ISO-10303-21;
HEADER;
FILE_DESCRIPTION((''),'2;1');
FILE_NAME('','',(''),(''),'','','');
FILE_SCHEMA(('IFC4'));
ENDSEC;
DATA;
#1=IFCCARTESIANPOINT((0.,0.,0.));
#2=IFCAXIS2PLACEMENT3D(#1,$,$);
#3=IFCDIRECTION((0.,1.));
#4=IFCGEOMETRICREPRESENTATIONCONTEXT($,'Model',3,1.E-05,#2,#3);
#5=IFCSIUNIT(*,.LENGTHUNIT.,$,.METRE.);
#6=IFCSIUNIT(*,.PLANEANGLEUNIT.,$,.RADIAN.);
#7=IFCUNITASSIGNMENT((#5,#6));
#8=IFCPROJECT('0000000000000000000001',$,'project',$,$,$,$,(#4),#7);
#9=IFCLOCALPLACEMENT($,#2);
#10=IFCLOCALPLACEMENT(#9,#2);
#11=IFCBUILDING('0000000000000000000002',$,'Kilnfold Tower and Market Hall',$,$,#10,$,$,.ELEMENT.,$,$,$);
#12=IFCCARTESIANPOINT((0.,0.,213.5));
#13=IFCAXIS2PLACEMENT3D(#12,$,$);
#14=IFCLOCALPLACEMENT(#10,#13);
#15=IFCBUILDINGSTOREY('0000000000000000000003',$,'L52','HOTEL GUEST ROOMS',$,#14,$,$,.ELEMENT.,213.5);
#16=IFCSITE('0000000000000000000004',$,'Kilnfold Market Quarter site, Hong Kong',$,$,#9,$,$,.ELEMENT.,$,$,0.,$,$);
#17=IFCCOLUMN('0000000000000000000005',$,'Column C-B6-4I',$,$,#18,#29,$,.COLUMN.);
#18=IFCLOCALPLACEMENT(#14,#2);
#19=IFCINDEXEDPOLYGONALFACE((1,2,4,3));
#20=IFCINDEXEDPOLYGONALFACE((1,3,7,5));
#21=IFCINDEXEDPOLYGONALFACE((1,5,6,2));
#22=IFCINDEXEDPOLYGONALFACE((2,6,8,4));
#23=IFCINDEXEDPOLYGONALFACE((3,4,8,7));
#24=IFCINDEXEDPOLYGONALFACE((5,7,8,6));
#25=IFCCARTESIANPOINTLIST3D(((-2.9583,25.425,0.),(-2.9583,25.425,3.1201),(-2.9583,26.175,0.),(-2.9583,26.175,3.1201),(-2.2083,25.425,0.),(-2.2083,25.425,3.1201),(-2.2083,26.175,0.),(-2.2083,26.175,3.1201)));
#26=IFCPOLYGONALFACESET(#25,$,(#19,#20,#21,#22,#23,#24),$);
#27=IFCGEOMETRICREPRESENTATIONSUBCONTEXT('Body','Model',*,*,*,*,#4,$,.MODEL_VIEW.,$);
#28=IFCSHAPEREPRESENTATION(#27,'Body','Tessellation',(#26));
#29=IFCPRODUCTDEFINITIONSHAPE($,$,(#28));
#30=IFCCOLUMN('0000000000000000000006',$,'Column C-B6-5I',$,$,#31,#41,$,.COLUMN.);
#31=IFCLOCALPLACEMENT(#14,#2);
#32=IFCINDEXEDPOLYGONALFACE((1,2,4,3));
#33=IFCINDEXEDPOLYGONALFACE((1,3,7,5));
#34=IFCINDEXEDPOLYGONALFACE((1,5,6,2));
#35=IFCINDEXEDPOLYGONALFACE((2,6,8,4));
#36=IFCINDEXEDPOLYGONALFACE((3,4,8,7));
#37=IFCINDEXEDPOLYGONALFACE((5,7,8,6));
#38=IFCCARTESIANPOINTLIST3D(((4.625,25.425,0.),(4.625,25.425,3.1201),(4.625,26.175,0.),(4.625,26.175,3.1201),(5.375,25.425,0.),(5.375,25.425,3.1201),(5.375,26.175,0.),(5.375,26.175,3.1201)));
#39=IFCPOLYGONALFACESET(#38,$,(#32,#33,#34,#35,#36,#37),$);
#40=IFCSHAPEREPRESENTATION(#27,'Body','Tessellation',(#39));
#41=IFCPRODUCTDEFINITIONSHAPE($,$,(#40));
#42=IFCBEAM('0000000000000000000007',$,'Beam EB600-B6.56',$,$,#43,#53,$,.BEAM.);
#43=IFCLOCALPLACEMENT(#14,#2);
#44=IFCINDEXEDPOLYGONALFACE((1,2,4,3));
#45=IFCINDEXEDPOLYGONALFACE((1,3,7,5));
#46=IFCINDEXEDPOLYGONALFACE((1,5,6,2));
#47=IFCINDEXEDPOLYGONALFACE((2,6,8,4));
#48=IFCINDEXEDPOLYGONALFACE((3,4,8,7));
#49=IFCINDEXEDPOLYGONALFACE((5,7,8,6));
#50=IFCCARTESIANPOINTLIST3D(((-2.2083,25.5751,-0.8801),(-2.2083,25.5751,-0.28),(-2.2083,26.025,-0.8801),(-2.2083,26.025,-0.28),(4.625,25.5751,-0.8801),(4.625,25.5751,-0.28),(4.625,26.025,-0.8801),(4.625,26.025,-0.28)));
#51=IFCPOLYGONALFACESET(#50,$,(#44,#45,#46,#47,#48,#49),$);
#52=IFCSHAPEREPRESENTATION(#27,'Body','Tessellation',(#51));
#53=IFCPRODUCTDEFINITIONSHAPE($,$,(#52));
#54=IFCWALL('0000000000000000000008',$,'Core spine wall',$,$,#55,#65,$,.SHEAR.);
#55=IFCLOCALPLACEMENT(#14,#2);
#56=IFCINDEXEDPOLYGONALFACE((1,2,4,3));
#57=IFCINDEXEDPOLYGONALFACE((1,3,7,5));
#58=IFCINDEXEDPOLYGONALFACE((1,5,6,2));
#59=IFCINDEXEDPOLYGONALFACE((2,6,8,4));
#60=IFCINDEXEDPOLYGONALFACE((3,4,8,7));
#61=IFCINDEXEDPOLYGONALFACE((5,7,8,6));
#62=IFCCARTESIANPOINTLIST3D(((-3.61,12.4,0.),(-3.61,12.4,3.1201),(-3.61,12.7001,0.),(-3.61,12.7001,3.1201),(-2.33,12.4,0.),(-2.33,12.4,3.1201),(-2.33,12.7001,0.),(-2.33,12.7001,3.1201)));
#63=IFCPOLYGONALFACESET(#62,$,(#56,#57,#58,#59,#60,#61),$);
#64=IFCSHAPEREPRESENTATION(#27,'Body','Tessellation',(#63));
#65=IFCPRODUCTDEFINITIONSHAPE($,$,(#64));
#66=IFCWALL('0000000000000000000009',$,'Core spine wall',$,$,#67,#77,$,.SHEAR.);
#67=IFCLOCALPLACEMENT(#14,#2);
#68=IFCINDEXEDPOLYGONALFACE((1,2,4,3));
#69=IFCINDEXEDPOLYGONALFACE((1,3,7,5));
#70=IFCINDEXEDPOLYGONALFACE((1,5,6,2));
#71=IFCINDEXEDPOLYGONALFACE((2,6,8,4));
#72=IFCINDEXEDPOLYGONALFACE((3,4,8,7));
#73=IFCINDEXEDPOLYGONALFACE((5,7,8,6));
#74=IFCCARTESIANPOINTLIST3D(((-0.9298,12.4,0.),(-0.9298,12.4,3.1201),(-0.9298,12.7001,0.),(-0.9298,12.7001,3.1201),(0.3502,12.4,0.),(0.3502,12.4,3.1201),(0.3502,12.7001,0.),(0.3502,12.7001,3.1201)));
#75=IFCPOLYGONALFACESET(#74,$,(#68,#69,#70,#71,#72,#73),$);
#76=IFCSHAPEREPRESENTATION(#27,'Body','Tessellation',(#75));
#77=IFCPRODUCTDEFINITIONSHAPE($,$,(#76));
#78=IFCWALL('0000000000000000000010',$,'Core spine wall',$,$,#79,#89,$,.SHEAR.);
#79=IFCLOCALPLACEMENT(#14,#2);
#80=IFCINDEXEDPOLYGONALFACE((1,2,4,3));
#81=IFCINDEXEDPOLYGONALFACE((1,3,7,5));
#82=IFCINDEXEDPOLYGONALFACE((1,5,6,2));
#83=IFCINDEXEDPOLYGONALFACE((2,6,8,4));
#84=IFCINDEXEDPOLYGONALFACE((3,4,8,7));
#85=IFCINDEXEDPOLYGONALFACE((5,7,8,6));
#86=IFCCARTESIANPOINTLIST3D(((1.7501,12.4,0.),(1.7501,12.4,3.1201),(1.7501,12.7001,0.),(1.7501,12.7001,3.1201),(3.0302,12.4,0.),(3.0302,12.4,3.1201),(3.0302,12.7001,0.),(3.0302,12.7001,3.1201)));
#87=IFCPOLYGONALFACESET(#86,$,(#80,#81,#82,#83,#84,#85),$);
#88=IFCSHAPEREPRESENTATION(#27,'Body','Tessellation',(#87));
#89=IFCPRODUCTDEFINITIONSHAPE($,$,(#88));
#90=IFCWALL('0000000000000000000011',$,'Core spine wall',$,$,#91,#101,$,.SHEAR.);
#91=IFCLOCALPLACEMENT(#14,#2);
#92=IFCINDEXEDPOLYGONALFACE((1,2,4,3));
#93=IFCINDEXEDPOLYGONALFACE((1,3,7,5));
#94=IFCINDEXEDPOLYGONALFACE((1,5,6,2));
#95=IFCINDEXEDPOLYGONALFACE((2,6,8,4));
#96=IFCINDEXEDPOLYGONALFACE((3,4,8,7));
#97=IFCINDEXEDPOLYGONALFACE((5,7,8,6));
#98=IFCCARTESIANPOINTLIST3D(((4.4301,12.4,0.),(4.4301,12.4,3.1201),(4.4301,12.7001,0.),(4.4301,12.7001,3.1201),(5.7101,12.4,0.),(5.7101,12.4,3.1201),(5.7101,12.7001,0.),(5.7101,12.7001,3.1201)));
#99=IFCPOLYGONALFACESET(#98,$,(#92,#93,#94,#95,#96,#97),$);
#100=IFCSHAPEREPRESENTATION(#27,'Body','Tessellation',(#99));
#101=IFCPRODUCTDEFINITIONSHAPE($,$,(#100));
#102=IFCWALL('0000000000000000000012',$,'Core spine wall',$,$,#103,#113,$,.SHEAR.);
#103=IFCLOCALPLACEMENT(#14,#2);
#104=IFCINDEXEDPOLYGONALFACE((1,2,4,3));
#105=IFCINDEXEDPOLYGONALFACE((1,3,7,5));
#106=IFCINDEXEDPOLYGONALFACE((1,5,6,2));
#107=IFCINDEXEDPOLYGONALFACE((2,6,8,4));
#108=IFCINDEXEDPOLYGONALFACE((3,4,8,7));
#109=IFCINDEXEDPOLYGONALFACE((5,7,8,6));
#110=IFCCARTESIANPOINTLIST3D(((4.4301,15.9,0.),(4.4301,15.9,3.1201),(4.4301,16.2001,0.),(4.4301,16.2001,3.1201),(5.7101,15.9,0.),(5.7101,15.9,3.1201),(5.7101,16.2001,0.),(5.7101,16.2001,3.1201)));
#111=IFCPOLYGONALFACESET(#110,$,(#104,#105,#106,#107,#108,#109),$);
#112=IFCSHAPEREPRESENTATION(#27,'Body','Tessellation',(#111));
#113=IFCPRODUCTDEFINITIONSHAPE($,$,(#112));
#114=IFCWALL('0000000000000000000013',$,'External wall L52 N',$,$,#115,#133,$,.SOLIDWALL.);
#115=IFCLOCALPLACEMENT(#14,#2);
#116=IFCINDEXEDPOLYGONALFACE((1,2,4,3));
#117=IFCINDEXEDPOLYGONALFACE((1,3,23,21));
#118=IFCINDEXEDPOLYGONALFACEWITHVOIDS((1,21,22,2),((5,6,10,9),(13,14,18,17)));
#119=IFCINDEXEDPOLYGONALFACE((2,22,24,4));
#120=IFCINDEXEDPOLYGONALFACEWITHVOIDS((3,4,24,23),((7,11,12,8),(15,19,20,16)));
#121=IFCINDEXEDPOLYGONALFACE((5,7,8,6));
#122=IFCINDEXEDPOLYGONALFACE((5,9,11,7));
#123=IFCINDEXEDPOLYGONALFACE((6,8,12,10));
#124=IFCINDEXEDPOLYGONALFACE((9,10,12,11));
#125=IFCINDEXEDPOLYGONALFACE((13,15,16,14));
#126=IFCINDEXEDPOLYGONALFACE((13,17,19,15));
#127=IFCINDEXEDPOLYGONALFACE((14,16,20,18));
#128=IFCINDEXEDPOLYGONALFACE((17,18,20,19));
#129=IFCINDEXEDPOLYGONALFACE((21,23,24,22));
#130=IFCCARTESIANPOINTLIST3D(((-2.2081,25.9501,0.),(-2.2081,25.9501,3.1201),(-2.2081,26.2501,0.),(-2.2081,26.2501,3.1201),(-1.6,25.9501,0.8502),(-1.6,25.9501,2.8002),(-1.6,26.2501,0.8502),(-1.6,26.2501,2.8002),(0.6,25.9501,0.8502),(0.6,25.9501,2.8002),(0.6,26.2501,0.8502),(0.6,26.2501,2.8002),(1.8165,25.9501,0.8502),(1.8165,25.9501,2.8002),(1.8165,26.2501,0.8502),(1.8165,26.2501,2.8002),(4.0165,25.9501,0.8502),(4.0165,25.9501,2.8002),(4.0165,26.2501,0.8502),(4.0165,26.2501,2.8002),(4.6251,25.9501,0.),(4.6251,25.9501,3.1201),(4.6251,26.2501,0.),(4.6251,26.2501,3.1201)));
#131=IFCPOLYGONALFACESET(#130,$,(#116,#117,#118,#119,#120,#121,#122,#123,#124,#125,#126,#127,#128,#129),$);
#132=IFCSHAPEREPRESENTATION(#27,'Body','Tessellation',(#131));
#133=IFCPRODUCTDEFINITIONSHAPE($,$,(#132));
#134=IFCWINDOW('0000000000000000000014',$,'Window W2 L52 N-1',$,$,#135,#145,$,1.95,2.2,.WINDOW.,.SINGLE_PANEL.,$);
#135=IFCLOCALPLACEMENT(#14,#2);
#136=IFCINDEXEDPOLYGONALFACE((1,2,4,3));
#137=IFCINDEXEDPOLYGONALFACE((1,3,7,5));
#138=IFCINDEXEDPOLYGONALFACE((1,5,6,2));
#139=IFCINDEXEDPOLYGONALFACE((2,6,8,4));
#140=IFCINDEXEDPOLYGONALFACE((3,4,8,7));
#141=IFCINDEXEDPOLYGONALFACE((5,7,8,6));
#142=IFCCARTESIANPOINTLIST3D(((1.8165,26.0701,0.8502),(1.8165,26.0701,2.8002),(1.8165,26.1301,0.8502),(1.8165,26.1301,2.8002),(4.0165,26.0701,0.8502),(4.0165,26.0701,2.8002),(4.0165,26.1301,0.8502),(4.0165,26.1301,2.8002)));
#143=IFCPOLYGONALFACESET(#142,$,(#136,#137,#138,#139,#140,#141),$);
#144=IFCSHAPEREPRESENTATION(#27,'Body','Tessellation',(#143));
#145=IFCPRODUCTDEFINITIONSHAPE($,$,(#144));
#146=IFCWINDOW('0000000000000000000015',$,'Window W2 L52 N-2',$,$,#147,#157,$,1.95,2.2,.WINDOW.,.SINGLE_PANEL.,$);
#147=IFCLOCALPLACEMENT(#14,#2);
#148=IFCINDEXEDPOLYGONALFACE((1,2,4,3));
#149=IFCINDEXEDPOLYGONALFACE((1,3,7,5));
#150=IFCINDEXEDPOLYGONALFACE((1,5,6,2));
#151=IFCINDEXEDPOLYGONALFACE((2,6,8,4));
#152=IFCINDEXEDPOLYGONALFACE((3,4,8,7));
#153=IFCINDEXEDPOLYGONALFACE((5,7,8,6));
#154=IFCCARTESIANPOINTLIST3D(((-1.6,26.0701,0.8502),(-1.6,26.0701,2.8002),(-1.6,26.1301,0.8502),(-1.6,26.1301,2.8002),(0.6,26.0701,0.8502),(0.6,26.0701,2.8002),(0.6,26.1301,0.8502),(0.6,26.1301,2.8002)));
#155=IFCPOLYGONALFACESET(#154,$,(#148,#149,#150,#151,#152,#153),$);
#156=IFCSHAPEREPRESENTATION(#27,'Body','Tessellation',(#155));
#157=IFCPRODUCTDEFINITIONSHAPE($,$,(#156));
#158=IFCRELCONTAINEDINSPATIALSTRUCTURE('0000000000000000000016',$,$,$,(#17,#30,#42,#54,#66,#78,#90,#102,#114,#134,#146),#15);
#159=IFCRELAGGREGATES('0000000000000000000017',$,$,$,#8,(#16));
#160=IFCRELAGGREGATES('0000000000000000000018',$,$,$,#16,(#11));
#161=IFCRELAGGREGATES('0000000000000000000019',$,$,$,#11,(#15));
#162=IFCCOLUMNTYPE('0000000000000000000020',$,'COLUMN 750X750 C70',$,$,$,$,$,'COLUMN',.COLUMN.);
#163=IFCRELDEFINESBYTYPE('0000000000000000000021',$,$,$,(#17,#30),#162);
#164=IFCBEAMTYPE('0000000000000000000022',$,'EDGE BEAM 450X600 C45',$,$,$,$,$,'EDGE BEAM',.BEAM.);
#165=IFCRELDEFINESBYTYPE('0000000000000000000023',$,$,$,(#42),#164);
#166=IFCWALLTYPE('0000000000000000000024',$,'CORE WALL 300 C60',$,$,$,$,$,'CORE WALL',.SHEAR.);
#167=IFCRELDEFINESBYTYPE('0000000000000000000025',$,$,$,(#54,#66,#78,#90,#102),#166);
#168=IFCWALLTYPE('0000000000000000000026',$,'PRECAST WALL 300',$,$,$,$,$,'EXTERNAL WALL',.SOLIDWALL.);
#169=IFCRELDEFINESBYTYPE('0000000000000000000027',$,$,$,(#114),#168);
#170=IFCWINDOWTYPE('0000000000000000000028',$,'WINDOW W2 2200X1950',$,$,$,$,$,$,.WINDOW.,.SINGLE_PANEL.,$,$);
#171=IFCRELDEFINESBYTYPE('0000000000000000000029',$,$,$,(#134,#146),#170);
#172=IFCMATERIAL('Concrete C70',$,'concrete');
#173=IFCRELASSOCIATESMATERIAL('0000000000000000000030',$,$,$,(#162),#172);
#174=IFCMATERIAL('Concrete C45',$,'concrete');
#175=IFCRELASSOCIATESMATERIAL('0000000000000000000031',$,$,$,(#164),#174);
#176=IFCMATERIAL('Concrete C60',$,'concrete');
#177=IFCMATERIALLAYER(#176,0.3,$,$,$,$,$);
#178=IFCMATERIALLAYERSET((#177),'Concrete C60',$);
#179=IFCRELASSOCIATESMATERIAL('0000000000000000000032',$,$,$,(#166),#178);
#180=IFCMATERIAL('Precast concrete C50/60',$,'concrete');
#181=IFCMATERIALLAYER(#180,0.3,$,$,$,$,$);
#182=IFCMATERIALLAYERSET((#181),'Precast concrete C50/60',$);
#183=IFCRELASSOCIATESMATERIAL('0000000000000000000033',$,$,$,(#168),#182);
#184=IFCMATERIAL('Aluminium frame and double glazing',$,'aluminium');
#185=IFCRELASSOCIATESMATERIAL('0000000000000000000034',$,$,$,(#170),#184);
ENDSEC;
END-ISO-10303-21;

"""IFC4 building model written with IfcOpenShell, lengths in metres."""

from ifc_helpers import new_model, si_unit, direction, frame, frame_2d, origin, origin_2d, place, context, subcontext, project, spatial, rectangle, extrude, source, transform, mapped, material, layer, layer_set, material_profile, profile_set, type_object, element, fill, save


model = new_model("IFC4")

# Units and contexts
model_context = context("Model", 3, precision=1e-05, world=origin(), true_north=direction((0.0, 1.0)))
body_context = subcontext(model_context, "Body", "Model", "MODEL_VIEW")
ifc_project = project(units=[si_unit("LENGTHUNIT", "METRE"), si_unit("PLANEANGLEUNIT", "RADIAN")], contexts=[model_context])

# Site, building, storey
site_placement = place(None, origin())
site = spatial("IfcSite", under=ifc_project, at=site_placement, Name="Kilnfold Market Quarter site, Hong Kong", CompositionType="ELEMENT", RefElevation=0.0)
building_placement = place(site_placement, origin())
building = spatial("IfcBuilding", under=site, at=building_placement, Name="Kilnfold Tower and Market Hall", CompositionType="ELEMENT")
storey_placement = place(building_placement, frame((0.0, 0.0, 213.5)))
storey = spatial("IfcBuildingStorey", under=building, at=storey_placement, Name="L52", Description="HOTEL GUEST ROOMS", CompositionType="ELEMENT", Elevation=213.5)

# Columns
ifc_material_1 = material(Name="Concrete C70", Category="concrete")
ifc_material_profile_1 = material_profile(ifc_material_1, rectangle(XDim=0.75, YDim=0.75, at=origin_2d()), Name="RC 750x750")
ifc_profile_set_1 = profile_set([ifc_material_profile_1], Name="Concrete C70")
column_type = type_object("IfcColumnType", Name="COLUMN 750X750 C70", ElementType="COLUMN", PredefinedType="COLUMN", material=ifc_profile_set_1)
shared_shape_1 = source(origin(), body_context, "Body", "SweptSolid", [
    extrude(rectangle(XDim=0.75, YDim=0.75, at=origin_2d()), origin(), (0.0, 0.0, 1.0), 3.1201),
])
for number, where, z_axis, x_axis, name in (
    (1, (-2.5833, 25.8, 0.0), (0.0, 0.0, 1.0), (1.0, 0.0, 0.0), "Column C-B6-4I"),
    (2, (5.0, 25.8, 0.0), (0.0, 0.0, 1.0), (1.0, 0.0, 0.0), "Column C-B6-5I"),
):
    element("IfcColumn", number, at=place(storey_placement, frame(where, z_axis=z_axis, x_axis=x_axis)), inside=storey, type_object=column_type, Name=name, PredefinedType="COLUMN", context=body_context, shape_type="MappedRepresentation", body=[
        mapped(shared_shape_1, transform((0.0, 0.0, 0.0))),
    ])

# Beam
ifc_material_2 = material(Name="Concrete C45", Category="concrete")
ifc_material_profile_2 = material_profile(ifc_material_2, rectangle(XDim=0.45, YDim=0.6001, at=origin_2d()), Name="RC 450x600")
ifc_profile_set_2 = profile_set([ifc_material_profile_2], Name="Concrete C45")
beam_type = type_object("IfcBeamType", Name="EDGE BEAM 450X600 C45", ElementType="EDGE BEAM", PredefinedType="BEAM", material=ifc_profile_set_2)
shared_shape_2 = source(origin(), body_context, "Body", "SweptSolid", [
    extrude(rectangle(XDim=0.45, YDim=0.6001, at=origin_2d()), origin(), (0.0, 0.0, 1.0), 6.8333),
])
beam_placement = place(storey_placement, frame((-2.2083, 25.8, -0.5801), z_axis=(1.0, 0.0, 0.0), x_axis=(0.0, 1.0, 0.0)))
element("IfcBeam", 3, at=beam_placement, inside=storey, type_object=beam_type, Name="Beam EB600-B6.56", PredefinedType="BEAM", context=body_context, shape_type="MappedRepresentation", body=[
    mapped(shared_shape_2, transform((0.0, 0.0, 0.0))),
])

# Walls
ifc_material_3 = material(Name="Concrete C60", Category="concrete")
ifc_layer_1 = layer(ifc_material_3, 0.3)
ifc_layer_set_1 = layer_set([ifc_layer_1], Name="Concrete C60")
wall_type_1 = type_object("IfcWallType", Name="CORE WALL 300 C60", ElementType="CORE WALL", PredefinedType="SHEAR", material=ifc_layer_set_1)
shared_shape_3 = source(origin(), body_context, "Body", "SweptSolid", [
    extrude(rectangle(XDim=1.28, YDim=0.3, at=frame_2d((0.6401, 0.0))), origin(), (0.0, 0.0, 1.0), 3.1201),
])
for number, where, z_axis, x_axis, name in (
    (4, (-3.6101, 12.55, 0.0), (0.0, 0.0, 1.0), (1.0, 0.0, 0.0), "Core spine wall"),
    (5, (-0.9299, 12.55, 0.0), (0.0, 0.0, 1.0), (1.0, 0.0, 0.0), "Core spine wall"),
    (6, (1.75, 12.55, 0.0), (0.0, 0.0, 1.0), (1.0, 0.0, 0.0), "Core spine wall"),
    (7, (4.4299, 12.55, 0.0), (0.0, 0.0, 1.0), (1.0, 0.0, 0.0), "Core spine wall"),
    (8, (4.4299, 16.05, 0.0), (0.0, 0.0, 1.0), (1.0, 0.0, 0.0), "Core spine wall"),
):
    element("IfcWall", number, at=place(storey_placement, frame(where, z_axis=z_axis, x_axis=x_axis)), inside=storey, type_object=wall_type_1, Name=name, PredefinedType="SHEAR", context=body_context, shape_type="MappedRepresentation", body=[
        mapped(shared_shape_3, transform((0.0, 0.0, 0.0))),
    ])

# Wall, openings, windows
ifc_material_4 = material(Name="Precast concrete C50/60", Category="concrete")
ifc_layer_2 = layer(ifc_material_4, 0.3)
ifc_layer_set_2 = layer_set([ifc_layer_2], Name="Precast concrete C50/60")
wall_type_2 = type_object("IfcWallType", Name="PRECAST WALL 300", ElementType="EXTERNAL WALL", PredefinedType="SOLIDWALL", material=ifc_layer_set_2)
shared_shape_4 = source(origin(), body_context, "Body", "SweptSolid", [
    extrude(rectangle(XDim=6.8333, YDim=0.3, at=frame_2d((3.4165, 0.0))), origin(), (0.0, 0.0, 1.0), 3.1201),
])
wall_1_placement = place(storey_placement, frame((4.625, 26.1001, 0.0), z_axis=(0.0, 0.0, 1.0), x_axis=(-1.0, 0.0, 0.0)))
wall_1 = element("IfcWall", 9, at=wall_1_placement, inside=storey, type_object=wall_type_2, Name="External wall L52 N", PredefinedType="SOLIDWALL", context=body_context, shape_type="MappedRepresentation", body=[
    mapped(shared_shape_4, transform((0.0, 0.0, 0.0))),
])
opening_1_placement = place(wall_1_placement, frame((0.6084, 0.0, 0.8501)))
opening_1 = element("IfcOpeningElement", 10, at=opening_1_placement, cuts=wall_1, PredefinedType="OPENING", context=body_context, shape_type="SweptSolid", body=[
    extrude(rectangle(XDim=2.2, YDim=1.95, at=frame_2d((1.1001, 0.9751))), frame((0.0, 0.1602, 0.0), z_axis=(0.0, -1.0, 0.0), x_axis=(1.0, 0.0, 0.0)), (0.0, 0.0, 1.0), 0.3201),
])
opening_2_placement = place(wall_1_placement, frame((4.0249, 0.0, 0.8501)))
opening_2 = element("IfcOpeningElement", 11, at=opening_2_placement, cuts=wall_1, PredefinedType="OPENING", context=body_context, shape_type="SweptSolid", body=[
    extrude(rectangle(XDim=2.2, YDim=1.95, at=frame_2d((1.1001, 0.9751))), frame((0.0, 0.1602, 0.0), z_axis=(0.0, -1.0, 0.0), x_axis=(1.0, 0.0, 0.0)), (0.0, 0.0, 1.0), 0.3201),
])
ifc_material_5 = material(Name="Aluminium frame and double glazing", Category="aluminium")
window_type = type_object("IfcWindowType", Name="WINDOW W2 2200X1950", PartitioningType="SINGLE_PANEL", PredefinedType="WINDOW", material=ifc_material_5)
window_1_placement = place(opening_1_placement, origin())
window_1 = element("IfcWindow", 12, at=window_1_placement, inside=storey, type_object=window_type, Name="Window W2 L52 N-1", OverallHeight=1.95, OverallWidth=2.2, PartitioningType="SINGLE_PANEL", PredefinedType="WINDOW", context=body_context, shape_type="SweptSolid", body=[
    extrude(rectangle(XDim=2.2, YDim=1.95, at=frame_2d((1.1001, 0.9751))), frame((0.0, 0.03, 0.0), z_axis=(0.0, -1.0, 0.0), x_axis=(1.0, 0.0, 0.0)), (0.0, 0.0, 1.0), 0.0601),
])
fill(opening_1, window_1)
window_2_placement = place(opening_2_placement, origin())
window_2 = element("IfcWindow", 13, at=window_2_placement, inside=storey, type_object=window_type, Name="Window W2 L52 N-2", OverallHeight=1.95, OverallWidth=2.2, PartitioningType="SINGLE_PANEL", PredefinedType="WINDOW", context=body_context, shape_type="SweptSolid", body=[
    extrude(rectangle(XDim=2.2, YDim=1.95, at=frame_2d((1.1001, 0.9751))), frame((0.0, 0.03, 0.0), z_axis=(0.0, -1.0, 0.0), x_axis=(1.0, 0.0, 0.0)), (0.0, 0.0, 1.0), 0.0601),
])
fill(opening_2, window_2)

save(model, "model.ifc")
